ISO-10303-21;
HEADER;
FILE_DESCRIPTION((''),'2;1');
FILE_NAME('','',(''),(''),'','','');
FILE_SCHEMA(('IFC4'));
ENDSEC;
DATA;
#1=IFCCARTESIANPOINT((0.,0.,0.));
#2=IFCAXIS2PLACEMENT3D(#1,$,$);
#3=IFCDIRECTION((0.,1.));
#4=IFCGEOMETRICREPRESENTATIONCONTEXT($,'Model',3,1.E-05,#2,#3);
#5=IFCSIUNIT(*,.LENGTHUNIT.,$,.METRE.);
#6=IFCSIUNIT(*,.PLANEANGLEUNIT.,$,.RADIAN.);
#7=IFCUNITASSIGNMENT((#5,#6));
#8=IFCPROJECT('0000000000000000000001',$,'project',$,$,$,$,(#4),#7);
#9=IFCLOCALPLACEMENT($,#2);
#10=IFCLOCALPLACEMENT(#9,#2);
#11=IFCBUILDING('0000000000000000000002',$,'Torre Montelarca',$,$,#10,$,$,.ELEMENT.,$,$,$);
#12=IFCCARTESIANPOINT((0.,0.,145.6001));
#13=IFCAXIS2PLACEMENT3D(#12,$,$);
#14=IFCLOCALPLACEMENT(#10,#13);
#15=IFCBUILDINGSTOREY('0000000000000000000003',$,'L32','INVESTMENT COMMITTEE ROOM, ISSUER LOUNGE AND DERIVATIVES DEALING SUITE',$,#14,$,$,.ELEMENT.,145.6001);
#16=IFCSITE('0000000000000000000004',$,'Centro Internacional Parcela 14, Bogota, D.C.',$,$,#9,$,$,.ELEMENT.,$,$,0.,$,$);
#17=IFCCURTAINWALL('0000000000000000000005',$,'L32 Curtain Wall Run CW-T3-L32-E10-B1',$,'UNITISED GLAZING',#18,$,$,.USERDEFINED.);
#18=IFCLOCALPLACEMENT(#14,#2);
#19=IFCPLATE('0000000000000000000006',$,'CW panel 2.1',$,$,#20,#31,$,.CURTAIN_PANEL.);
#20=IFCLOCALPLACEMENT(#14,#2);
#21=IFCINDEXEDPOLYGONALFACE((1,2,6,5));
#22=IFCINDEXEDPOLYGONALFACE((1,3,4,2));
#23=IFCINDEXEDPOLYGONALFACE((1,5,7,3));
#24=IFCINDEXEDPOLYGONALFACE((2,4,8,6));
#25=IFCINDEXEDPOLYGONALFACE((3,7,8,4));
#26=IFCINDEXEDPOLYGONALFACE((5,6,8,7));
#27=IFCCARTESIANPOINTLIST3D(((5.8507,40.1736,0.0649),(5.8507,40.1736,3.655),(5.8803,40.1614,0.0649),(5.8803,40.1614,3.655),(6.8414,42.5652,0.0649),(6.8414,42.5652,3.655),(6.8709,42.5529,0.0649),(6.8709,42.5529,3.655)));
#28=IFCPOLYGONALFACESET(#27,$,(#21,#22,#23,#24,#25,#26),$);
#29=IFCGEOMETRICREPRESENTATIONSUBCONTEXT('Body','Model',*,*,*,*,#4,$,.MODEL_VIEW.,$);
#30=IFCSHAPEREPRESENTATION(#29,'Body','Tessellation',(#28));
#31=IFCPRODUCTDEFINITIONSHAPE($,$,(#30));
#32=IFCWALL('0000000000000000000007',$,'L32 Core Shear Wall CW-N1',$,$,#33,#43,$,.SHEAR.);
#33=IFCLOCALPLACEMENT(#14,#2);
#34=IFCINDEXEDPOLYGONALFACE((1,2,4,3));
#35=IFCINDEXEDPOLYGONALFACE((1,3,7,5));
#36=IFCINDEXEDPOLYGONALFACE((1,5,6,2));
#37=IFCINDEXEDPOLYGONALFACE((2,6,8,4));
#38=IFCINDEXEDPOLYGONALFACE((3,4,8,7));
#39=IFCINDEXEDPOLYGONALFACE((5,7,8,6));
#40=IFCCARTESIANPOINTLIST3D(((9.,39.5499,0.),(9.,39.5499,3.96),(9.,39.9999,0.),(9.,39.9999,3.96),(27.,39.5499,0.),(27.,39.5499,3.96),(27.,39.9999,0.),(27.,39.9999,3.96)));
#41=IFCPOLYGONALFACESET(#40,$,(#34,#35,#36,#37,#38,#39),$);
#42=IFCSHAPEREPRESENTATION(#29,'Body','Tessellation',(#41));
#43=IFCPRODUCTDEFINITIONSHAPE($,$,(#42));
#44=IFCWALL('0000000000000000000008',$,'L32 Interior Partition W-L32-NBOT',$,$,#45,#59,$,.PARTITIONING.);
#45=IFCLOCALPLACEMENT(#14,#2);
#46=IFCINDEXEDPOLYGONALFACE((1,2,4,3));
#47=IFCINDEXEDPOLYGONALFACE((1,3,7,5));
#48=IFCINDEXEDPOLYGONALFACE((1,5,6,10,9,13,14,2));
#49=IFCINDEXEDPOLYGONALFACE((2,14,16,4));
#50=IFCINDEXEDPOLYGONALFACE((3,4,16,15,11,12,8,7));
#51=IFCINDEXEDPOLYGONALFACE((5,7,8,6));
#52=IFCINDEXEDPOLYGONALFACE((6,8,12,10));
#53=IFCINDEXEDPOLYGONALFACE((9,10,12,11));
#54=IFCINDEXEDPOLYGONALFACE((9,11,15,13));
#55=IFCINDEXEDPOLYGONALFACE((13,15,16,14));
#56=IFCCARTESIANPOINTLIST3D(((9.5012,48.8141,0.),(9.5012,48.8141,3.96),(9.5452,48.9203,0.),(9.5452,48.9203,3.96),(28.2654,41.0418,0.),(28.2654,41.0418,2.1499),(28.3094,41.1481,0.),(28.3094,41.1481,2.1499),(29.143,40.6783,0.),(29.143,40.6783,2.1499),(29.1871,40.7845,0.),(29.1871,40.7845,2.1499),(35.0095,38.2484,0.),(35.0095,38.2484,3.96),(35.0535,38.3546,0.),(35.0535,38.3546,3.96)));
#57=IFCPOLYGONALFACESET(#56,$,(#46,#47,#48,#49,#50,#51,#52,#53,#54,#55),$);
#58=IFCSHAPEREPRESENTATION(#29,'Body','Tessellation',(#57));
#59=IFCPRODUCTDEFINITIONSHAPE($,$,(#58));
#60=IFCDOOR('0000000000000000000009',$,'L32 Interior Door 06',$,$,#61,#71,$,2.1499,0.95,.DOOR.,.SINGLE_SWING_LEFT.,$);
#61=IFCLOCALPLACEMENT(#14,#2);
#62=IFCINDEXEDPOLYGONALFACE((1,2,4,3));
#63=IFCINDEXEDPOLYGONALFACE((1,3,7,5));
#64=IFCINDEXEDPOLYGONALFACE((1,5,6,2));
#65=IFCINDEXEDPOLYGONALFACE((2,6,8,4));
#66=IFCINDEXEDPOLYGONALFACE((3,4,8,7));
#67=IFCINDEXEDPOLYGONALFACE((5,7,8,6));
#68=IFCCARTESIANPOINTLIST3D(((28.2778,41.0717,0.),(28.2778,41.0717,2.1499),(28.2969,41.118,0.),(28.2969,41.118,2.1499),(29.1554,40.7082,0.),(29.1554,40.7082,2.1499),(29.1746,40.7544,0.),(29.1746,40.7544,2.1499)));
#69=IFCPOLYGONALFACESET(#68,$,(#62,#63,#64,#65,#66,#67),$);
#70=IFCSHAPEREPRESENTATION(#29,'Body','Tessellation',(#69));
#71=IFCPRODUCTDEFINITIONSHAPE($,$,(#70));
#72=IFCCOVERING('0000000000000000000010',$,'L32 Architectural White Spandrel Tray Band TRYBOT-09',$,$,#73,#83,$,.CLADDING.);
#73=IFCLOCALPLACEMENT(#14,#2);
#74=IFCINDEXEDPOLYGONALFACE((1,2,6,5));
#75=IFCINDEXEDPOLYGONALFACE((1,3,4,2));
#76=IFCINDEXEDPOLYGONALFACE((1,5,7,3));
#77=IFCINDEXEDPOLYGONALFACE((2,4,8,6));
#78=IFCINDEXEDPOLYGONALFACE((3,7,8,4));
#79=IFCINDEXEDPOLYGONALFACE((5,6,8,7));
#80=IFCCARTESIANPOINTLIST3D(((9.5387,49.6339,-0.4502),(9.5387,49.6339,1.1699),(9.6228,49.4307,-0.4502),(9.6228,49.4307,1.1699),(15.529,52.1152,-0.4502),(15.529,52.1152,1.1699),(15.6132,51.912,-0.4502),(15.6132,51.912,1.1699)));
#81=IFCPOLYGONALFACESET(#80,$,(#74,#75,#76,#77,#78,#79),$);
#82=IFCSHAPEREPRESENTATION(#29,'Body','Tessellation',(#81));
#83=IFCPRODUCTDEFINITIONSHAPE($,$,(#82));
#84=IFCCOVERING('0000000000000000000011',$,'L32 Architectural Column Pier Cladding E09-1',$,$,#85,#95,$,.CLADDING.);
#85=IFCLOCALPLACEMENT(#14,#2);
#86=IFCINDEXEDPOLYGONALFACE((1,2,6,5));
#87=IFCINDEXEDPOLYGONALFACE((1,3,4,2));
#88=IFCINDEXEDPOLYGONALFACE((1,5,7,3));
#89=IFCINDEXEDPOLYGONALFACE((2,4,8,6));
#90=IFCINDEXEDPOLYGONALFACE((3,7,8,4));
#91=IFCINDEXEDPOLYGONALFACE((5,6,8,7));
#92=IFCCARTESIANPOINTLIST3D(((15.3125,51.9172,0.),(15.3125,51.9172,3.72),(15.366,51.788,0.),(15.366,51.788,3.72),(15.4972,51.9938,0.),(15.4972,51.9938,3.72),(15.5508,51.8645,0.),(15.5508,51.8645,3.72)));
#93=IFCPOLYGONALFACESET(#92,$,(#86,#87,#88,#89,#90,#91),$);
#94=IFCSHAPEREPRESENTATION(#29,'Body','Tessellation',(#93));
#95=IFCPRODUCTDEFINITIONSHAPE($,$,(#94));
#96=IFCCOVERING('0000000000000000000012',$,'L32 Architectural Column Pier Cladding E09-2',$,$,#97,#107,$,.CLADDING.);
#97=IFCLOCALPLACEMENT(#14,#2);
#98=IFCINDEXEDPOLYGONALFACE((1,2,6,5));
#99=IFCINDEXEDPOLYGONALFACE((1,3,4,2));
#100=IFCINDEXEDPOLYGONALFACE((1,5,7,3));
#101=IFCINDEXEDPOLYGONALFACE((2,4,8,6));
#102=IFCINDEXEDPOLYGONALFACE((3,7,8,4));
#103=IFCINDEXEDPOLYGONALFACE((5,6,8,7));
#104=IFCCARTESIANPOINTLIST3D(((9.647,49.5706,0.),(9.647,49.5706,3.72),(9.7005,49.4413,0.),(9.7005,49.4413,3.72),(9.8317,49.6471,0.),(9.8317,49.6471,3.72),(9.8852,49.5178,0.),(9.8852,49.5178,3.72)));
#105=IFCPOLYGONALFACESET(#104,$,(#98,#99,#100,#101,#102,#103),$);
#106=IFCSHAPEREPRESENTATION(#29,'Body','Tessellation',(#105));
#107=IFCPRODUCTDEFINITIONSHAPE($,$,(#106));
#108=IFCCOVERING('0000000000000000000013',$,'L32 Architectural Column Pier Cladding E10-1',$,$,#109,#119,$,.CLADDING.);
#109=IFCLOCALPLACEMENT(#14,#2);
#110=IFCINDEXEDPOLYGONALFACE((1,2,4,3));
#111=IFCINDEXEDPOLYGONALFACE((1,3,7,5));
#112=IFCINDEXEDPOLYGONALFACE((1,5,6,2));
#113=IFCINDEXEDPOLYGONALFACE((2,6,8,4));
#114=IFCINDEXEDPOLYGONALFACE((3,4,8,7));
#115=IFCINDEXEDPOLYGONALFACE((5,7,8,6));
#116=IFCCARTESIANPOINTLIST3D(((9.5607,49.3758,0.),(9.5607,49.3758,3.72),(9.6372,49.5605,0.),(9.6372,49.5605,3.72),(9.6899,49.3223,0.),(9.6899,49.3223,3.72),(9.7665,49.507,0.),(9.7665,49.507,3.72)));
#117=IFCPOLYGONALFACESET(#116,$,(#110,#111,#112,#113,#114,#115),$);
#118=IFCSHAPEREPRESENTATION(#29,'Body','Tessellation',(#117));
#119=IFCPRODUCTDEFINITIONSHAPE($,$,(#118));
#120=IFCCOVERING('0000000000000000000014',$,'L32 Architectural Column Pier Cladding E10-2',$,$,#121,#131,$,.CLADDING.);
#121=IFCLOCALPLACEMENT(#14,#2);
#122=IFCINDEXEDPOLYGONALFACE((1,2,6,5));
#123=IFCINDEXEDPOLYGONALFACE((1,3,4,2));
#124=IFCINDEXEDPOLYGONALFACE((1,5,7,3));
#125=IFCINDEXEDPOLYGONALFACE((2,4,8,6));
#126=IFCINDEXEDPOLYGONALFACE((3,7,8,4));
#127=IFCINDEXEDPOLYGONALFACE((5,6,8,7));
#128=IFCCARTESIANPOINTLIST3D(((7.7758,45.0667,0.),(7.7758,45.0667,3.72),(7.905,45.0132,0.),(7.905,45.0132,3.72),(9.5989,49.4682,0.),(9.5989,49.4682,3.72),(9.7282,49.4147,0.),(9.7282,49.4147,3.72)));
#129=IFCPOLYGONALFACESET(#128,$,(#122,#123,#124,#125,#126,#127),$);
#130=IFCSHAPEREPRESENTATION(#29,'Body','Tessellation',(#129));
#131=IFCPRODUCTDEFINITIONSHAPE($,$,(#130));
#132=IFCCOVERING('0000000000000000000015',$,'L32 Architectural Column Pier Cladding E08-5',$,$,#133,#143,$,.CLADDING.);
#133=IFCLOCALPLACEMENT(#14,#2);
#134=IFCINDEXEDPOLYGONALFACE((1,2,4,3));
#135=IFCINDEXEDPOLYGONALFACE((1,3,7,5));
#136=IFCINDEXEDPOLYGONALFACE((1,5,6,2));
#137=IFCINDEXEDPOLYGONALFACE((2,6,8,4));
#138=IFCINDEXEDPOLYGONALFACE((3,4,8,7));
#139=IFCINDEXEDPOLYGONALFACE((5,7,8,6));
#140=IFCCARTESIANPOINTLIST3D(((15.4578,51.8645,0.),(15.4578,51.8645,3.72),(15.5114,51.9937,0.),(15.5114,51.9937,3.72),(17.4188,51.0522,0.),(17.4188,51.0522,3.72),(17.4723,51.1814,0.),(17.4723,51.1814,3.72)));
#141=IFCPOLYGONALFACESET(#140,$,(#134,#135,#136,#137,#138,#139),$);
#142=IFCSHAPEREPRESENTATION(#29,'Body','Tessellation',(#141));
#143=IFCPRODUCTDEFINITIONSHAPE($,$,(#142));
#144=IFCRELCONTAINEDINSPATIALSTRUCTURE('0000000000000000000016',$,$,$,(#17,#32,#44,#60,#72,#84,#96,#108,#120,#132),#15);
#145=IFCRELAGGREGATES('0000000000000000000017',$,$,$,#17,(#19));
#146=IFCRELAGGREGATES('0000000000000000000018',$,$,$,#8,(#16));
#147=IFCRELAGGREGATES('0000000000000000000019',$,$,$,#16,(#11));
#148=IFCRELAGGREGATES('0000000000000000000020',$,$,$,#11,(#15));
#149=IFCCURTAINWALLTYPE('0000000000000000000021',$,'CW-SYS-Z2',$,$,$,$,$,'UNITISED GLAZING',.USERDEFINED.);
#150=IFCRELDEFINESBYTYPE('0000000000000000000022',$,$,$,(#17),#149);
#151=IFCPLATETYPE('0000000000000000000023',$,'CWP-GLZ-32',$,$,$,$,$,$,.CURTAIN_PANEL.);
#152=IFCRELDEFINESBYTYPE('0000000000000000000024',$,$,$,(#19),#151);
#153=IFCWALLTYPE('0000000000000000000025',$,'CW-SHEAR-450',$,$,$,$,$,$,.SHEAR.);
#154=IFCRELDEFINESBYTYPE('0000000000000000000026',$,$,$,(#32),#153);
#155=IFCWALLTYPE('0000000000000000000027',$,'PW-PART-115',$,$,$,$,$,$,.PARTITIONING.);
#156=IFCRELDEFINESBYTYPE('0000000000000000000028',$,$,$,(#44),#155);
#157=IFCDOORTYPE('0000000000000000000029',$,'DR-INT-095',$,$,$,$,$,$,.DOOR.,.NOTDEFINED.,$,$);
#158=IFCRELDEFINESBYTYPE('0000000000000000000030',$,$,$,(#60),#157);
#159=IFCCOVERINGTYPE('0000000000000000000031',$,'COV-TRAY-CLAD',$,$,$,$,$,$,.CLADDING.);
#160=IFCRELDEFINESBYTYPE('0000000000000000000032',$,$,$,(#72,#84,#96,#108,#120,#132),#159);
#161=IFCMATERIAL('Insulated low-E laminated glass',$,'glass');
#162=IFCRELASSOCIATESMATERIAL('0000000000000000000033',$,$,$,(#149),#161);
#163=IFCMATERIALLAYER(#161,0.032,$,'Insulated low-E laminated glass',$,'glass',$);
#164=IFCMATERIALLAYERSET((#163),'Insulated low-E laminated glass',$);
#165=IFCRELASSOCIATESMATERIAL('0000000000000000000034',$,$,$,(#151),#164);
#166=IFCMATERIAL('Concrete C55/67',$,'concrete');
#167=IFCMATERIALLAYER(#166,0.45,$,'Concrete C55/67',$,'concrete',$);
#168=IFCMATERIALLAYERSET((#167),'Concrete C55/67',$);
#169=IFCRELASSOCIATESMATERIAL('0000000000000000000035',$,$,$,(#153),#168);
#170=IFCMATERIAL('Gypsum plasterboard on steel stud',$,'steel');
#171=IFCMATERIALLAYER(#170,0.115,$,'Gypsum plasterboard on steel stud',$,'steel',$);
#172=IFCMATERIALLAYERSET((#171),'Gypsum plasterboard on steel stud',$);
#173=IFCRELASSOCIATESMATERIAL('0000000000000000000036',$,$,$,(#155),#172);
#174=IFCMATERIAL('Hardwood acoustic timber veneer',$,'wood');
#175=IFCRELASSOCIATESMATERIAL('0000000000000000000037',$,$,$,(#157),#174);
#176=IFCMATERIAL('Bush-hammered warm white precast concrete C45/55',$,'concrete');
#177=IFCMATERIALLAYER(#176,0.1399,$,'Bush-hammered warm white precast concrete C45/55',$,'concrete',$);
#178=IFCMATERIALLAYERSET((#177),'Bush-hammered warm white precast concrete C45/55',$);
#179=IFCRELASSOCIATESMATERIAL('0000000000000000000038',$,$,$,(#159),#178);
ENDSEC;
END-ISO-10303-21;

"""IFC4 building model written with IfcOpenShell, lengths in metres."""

from ifc_helpers import new_model, si_unit, direction, frame, frame_2d, origin, origin_2d, place, context, subcontext, project, spatial, rectangle, extrude, source, transform, mapped, material, layer, layer_set, type_object, element, fill, aggregate, save


model = new_model("IFC4")

# Units and contexts
model_context = context("Model", 3, precision=1e-05, world=origin(), true_north=direction((0.0, 1.0)))
body_context = subcontext(model_context, "Body", "Model", "MODEL_VIEW")
ifc_project = project(units=[si_unit("LENGTHUNIT", "METRE"), si_unit("PLANEANGLEUNIT", "RADIAN")], contexts=[model_context])

# Site, building, storey
site_placement = place(None, origin())
site = spatial("IfcSite", under=ifc_project, at=site_placement, Name="Centro Internacional Parcela 14, Bogota, D.C.", CompositionType="ELEMENT", RefElevation=0.0)
building_placement = place(site_placement, origin())
building = spatial("IfcBuilding", under=site, at=building_placement, Name="Torre Montelarca", CompositionType="ELEMENT")
storey_placement = place(building_placement, frame((0.0, 0.0, 145.6001)))
storey = spatial("IfcBuildingStorey", under=building, at=storey_placement, Name="L32", Description="INVESTMENT COMMITTEE ROOM, ISSUER LOUNGE AND DERIVATIVES DEALING SUITE", CompositionType="ELEMENT", Elevation=145.6001)

# Shared definitions
ifc_material_1 = material(Name="Concrete C55/67", Category="concrete")

# Curtain wall
ifc_material_2 = material(Name="Insulated low-E laminated glass", Category="glass")
curtain_wall_type = type_object("IfcCurtainWallType", Name="CW-SYS-Z2", ElementType="UNITISED GLAZING", PredefinedType="USERDEFINED", material=ifc_material_2)
curtain_wall_1_placement = place(storey_placement, origin())
curtain_wall_1 = element("IfcCurtainWall", 1, at=curtain_wall_1_placement, inside=storey, type_object=curtain_wall_type, Name="L32 Curtain Wall Run CW-T3-L32-E10-B1", ObjectType="UNITISED GLAZING", PredefinedType="USERDEFINED")

# Plate
ifc_layer_1 = layer(ifc_material_2, 0.032, Name="Insulated low-E laminated glass", Category="glass")
ifc_layer_set_1 = layer_set([ifc_layer_1], Name="Insulated low-E laminated glass")
plate_type = type_object("IfcPlateType", Name="CWP-GLZ-32", PredefinedType="CURTAIN_PANEL", material=ifc_layer_set_1)
shared_shape_1 = source(origin(), body_context, "Body", "SweptSolid", [
    extrude(rectangle(XDim=2.5886, YDim=0.032, at=origin_2d()), origin(), (0.0, 0.0, 1.0), 3.5901),
])
plate_1_placement = place(storey_placement, frame((6.3608, 41.3633, 0.0649), z_axis=(0.0, 0.0, 1.0), x_axis=(-0.382692, -0.923876, 0.0)))
plate_1 = element("IfcPlate", 2, at=plate_1_placement, type_object=plate_type, Name="CW panel 2.1", PredefinedType="CURTAIN_PANEL", context=body_context, shape_type="MappedRepresentation", body=[
    mapped(shared_shape_1, transform((0.0, 0.0, 0.0), scale=1.0)),
])
aggregate(curtain_wall_1, [plate_1])

# Wall
ifc_layer_2 = layer(ifc_material_1, 0.45, Name="Concrete C55/67", Category="concrete")
ifc_layer_set_2 = layer_set([ifc_layer_2], Name="Concrete C55/67")
wall_type_1 = type_object("IfcWallType", Name="CW-SHEAR-450", PredefinedType="SHEAR", material=ifc_layer_set_2)
wall_1_placement = place(storey_placement, frame((9.0, 39.7749, 0.0), z_axis=(0.0, 0.0, 1.0), x_axis=(1.0, 0.0, 0.0)))
element("IfcWall", 3, at=wall_1_placement, inside=storey, type_object=wall_type_1, Name="L32 Core Shear Wall CW-N1", PredefinedType="SHEAR", context=body_context, shape_type="SweptSolid", body=[
    extrude(rectangle(XDim=18.0, YDim=0.45, at=frame_2d((9.0, 0.0))), origin(), (0.0, 0.0, 1.0), 3.96),
])

# Wall, opening, door
ifc_material_3 = material(Name="Gypsum plasterboard on steel stud", Category="steel")
ifc_layer_3 = layer(ifc_material_3, 0.115, Name="Gypsum plasterboard on steel stud", Category="steel")
ifc_layer_set_3 = layer_set([ifc_layer_3], Name="Gypsum plasterboard on steel stud")
wall_type_2 = type_object("IfcWallType", Name="PW-PART-115", PredefinedType="PARTITIONING", material=ifc_layer_set_3)
wall_2_placement = place(storey_placement, frame((9.5232, 48.8672, 0.0), z_axis=(0.0, 0.0, 1.0), x_axis=(0.923882, -0.382677, 0.0)))
wall_2 = element("IfcWall", 4, at=wall_2_placement, inside=storey, type_object=wall_type_2, Name="L32 Interior Partition W-L32-NBOT", PredefinedType="PARTITIONING", context=body_context, shape_type="SweptSolid", body=[
    extrude(rectangle(XDim=27.6099, YDim=0.115, at=frame_2d((13.8049, 0.0))), origin(), (0.0, 0.0, 1.0), 3.96),
])
opening_placement = place(wall_2_placement, frame((20.3101, 0.0, 0.0)))
opening = element("IfcOpeningElement", 5, at=opening_placement, cuts=wall_2, PredefinedType="OPENING", context=body_context, shape_type="SweptSolid", body=[
    extrude(rectangle(XDim=0.95, YDim=2.1499, at=frame_2d((0.4751, 1.075))), frame((0.0, 0.0674, 0.0), z_axis=(0.0, -1.0, 0.0), x_axis=(1.0, 0.0, 0.0)), (0.0, 0.0, 1.0), 0.135),
])
ifc_material_4 = material(Name="Hardwood acoustic timber veneer", Category="wood")
door_type = type_object("IfcDoorType", Name="DR-INT-095", OperationType="NOTDEFINED", PredefinedType="DOOR", material=ifc_material_4)
shared_shape_2 = source(origin(), body_context, "Body", "SweptSolid", [
    extrude(rectangle(XDim=0.95, YDim=2.1499, at=frame_2d((0.4751, 1.075))), frame((0.0, 0.0249, 0.0), z_axis=(0.0, -1.0, 0.0), x_axis=(1.0, 0.0, 0.0)), (0.0, 0.0, 1.0), 0.05),
])
door_placement = place(opening_placement, origin())
door = element("IfcDoor", 6, at=door_placement, inside=storey, type_object=door_type, Name="L32 Interior Door 06", OperationType="SINGLE_SWING_LEFT", OverallHeight=2.1499, OverallWidth=0.95, PredefinedType="DOOR", context=body_context, shape_type="MappedRepresentation", body=[
    mapped(shared_shape_2, transform((0.0, 0.0, 0.0), scale=1.0)),
])
fill(opening, door)

# Coverings
ifc_material_5 = material(Name="Bush-hammered warm white precast concrete C45/55", Category="concrete")
ifc_layer_4 = layer(ifc_material_5, 0.1399, Name="Bush-hammered warm white precast concrete C45/55", Category="concrete")
ifc_layer_set_4 = layer_set([ifc_layer_4], Name="Bush-hammered warm white precast concrete C45/55")
covering_type = type_object("IfcCoveringType", Name="COV-TRAY-CLAD", PredefinedType="CLADDING", material=ifc_layer_set_4)
shared_shape_3 = source(origin(), body_context, "Body", "SweptSolid", [
    extrude(rectangle(XDim=6.4839, YDim=0.22, at=origin_2d()), origin(), (0.0, 0.0, 1.0), 1.6201),
])
covering_1_placement = place(storey_placement, frame((12.5759, 50.7729, -0.4502), z_axis=(0.0, 0.0, 1.0), x_axis=(-0.92388, -0.382682, 0.0)))
element("IfcCovering", 7, at=covering_1_placement, inside=storey, type_object=covering_type, Name="L32 Architectural White Spandrel Tray Band TRYBOT-09", PredefinedType="CLADDING", context=body_context, shape_type="MappedRepresentation", body=[
    mapped(shared_shape_3, transform((0.0, 0.0, 0.0), scale=1.0)),
])
shared_shape_4 = source(origin(), body_context, "Body", "SweptSolid", [
    extrude(rectangle(XDim=0.2, YDim=0.1399, at=origin_2d()), origin(), (0.0, 0.0, 1.0), 3.72),
])
for number, where, z_axis, x_axis, name in (
    (8, (15.4316, 51.8909, 0.0), (0.0, 0.0, 1.0), (-0.92388, -0.382683, 0.0), "L32 Architectural Column Pier Cladding E09-1"),
    (9, (9.7661, 49.5442, 0.0), (0.0, 0.0, 1.0), (-0.92388, -0.382683, 0.0), "L32 Architectural Column Pier Cladding E09-2"),
    (10, (9.6636, 49.4414, 0.0), (0.0, 0.0, 1.0), (-0.38268, -0.923881, 0.0), "L32 Architectural Column Pier Cladding E10-1"),
):
    element("IfcCovering", number, at=place(storey_placement, frame(where, z_axis=z_axis, x_axis=x_axis)), inside=storey, type_object=covering_type, Name=name, PredefinedType="CLADDING", context=body_context, shape_type="MappedRepresentation", body=[
        mapped(shared_shape_4, transform((0.0, 0.0, 0.0), scale=1.0)),
    ])
shared_shape_5 = source(origin(), body_context, "Body", "SweptSolid", [
    extrude(rectangle(XDim=4.7642, YDim=0.1399, at=origin_2d()), origin(), (0.0, 0.0, 1.0), 3.72),
])
covering_2_placement = place(storey_placement, frame((8.752, 47.2407, 0.0), z_axis=(0.0, 0.0, 1.0), x_axis=(-0.38268, -0.923881, 0.0)))
element("IfcCovering", 11, at=covering_2_placement, inside=storey, type_object=covering_type, Name="L32 Architectural Column Pier Cladding E10-2", PredefinedType="CLADDING", context=body_context, shape_type="MappedRepresentation", body=[
    mapped(shared_shape_5, transform((0.0, 0.0, 0.0), scale=1.0)),
])
shared_shape_6 = source(origin(), body_context, "Body", "SweptSolid", [
    extrude(rectangle(XDim=2.1226, YDim=0.1399, at=origin_2d()), origin(), (0.0, 0.0, 1.0), 3.72),
])
covering_3_placement = place(storey_placement, frame((16.4651, 51.5229, 0.0), z_axis=(0.0, 0.0, 1.0), x_axis=(-0.923879, 0.382685, 0.0)))
element("IfcCovering", 12, at=covering_3_placement, inside=storey, type_object=covering_type, Name="L32 Architectural Column Pier Cladding E08-5", PredefinedType="CLADDING", context=body_context, shape_type="MappedRepresentation", body=[
    mapped(shared_shape_6, transform((0.0, 0.0, 0.0), scale=1.0)),
])

save(model, "model.ifc")
